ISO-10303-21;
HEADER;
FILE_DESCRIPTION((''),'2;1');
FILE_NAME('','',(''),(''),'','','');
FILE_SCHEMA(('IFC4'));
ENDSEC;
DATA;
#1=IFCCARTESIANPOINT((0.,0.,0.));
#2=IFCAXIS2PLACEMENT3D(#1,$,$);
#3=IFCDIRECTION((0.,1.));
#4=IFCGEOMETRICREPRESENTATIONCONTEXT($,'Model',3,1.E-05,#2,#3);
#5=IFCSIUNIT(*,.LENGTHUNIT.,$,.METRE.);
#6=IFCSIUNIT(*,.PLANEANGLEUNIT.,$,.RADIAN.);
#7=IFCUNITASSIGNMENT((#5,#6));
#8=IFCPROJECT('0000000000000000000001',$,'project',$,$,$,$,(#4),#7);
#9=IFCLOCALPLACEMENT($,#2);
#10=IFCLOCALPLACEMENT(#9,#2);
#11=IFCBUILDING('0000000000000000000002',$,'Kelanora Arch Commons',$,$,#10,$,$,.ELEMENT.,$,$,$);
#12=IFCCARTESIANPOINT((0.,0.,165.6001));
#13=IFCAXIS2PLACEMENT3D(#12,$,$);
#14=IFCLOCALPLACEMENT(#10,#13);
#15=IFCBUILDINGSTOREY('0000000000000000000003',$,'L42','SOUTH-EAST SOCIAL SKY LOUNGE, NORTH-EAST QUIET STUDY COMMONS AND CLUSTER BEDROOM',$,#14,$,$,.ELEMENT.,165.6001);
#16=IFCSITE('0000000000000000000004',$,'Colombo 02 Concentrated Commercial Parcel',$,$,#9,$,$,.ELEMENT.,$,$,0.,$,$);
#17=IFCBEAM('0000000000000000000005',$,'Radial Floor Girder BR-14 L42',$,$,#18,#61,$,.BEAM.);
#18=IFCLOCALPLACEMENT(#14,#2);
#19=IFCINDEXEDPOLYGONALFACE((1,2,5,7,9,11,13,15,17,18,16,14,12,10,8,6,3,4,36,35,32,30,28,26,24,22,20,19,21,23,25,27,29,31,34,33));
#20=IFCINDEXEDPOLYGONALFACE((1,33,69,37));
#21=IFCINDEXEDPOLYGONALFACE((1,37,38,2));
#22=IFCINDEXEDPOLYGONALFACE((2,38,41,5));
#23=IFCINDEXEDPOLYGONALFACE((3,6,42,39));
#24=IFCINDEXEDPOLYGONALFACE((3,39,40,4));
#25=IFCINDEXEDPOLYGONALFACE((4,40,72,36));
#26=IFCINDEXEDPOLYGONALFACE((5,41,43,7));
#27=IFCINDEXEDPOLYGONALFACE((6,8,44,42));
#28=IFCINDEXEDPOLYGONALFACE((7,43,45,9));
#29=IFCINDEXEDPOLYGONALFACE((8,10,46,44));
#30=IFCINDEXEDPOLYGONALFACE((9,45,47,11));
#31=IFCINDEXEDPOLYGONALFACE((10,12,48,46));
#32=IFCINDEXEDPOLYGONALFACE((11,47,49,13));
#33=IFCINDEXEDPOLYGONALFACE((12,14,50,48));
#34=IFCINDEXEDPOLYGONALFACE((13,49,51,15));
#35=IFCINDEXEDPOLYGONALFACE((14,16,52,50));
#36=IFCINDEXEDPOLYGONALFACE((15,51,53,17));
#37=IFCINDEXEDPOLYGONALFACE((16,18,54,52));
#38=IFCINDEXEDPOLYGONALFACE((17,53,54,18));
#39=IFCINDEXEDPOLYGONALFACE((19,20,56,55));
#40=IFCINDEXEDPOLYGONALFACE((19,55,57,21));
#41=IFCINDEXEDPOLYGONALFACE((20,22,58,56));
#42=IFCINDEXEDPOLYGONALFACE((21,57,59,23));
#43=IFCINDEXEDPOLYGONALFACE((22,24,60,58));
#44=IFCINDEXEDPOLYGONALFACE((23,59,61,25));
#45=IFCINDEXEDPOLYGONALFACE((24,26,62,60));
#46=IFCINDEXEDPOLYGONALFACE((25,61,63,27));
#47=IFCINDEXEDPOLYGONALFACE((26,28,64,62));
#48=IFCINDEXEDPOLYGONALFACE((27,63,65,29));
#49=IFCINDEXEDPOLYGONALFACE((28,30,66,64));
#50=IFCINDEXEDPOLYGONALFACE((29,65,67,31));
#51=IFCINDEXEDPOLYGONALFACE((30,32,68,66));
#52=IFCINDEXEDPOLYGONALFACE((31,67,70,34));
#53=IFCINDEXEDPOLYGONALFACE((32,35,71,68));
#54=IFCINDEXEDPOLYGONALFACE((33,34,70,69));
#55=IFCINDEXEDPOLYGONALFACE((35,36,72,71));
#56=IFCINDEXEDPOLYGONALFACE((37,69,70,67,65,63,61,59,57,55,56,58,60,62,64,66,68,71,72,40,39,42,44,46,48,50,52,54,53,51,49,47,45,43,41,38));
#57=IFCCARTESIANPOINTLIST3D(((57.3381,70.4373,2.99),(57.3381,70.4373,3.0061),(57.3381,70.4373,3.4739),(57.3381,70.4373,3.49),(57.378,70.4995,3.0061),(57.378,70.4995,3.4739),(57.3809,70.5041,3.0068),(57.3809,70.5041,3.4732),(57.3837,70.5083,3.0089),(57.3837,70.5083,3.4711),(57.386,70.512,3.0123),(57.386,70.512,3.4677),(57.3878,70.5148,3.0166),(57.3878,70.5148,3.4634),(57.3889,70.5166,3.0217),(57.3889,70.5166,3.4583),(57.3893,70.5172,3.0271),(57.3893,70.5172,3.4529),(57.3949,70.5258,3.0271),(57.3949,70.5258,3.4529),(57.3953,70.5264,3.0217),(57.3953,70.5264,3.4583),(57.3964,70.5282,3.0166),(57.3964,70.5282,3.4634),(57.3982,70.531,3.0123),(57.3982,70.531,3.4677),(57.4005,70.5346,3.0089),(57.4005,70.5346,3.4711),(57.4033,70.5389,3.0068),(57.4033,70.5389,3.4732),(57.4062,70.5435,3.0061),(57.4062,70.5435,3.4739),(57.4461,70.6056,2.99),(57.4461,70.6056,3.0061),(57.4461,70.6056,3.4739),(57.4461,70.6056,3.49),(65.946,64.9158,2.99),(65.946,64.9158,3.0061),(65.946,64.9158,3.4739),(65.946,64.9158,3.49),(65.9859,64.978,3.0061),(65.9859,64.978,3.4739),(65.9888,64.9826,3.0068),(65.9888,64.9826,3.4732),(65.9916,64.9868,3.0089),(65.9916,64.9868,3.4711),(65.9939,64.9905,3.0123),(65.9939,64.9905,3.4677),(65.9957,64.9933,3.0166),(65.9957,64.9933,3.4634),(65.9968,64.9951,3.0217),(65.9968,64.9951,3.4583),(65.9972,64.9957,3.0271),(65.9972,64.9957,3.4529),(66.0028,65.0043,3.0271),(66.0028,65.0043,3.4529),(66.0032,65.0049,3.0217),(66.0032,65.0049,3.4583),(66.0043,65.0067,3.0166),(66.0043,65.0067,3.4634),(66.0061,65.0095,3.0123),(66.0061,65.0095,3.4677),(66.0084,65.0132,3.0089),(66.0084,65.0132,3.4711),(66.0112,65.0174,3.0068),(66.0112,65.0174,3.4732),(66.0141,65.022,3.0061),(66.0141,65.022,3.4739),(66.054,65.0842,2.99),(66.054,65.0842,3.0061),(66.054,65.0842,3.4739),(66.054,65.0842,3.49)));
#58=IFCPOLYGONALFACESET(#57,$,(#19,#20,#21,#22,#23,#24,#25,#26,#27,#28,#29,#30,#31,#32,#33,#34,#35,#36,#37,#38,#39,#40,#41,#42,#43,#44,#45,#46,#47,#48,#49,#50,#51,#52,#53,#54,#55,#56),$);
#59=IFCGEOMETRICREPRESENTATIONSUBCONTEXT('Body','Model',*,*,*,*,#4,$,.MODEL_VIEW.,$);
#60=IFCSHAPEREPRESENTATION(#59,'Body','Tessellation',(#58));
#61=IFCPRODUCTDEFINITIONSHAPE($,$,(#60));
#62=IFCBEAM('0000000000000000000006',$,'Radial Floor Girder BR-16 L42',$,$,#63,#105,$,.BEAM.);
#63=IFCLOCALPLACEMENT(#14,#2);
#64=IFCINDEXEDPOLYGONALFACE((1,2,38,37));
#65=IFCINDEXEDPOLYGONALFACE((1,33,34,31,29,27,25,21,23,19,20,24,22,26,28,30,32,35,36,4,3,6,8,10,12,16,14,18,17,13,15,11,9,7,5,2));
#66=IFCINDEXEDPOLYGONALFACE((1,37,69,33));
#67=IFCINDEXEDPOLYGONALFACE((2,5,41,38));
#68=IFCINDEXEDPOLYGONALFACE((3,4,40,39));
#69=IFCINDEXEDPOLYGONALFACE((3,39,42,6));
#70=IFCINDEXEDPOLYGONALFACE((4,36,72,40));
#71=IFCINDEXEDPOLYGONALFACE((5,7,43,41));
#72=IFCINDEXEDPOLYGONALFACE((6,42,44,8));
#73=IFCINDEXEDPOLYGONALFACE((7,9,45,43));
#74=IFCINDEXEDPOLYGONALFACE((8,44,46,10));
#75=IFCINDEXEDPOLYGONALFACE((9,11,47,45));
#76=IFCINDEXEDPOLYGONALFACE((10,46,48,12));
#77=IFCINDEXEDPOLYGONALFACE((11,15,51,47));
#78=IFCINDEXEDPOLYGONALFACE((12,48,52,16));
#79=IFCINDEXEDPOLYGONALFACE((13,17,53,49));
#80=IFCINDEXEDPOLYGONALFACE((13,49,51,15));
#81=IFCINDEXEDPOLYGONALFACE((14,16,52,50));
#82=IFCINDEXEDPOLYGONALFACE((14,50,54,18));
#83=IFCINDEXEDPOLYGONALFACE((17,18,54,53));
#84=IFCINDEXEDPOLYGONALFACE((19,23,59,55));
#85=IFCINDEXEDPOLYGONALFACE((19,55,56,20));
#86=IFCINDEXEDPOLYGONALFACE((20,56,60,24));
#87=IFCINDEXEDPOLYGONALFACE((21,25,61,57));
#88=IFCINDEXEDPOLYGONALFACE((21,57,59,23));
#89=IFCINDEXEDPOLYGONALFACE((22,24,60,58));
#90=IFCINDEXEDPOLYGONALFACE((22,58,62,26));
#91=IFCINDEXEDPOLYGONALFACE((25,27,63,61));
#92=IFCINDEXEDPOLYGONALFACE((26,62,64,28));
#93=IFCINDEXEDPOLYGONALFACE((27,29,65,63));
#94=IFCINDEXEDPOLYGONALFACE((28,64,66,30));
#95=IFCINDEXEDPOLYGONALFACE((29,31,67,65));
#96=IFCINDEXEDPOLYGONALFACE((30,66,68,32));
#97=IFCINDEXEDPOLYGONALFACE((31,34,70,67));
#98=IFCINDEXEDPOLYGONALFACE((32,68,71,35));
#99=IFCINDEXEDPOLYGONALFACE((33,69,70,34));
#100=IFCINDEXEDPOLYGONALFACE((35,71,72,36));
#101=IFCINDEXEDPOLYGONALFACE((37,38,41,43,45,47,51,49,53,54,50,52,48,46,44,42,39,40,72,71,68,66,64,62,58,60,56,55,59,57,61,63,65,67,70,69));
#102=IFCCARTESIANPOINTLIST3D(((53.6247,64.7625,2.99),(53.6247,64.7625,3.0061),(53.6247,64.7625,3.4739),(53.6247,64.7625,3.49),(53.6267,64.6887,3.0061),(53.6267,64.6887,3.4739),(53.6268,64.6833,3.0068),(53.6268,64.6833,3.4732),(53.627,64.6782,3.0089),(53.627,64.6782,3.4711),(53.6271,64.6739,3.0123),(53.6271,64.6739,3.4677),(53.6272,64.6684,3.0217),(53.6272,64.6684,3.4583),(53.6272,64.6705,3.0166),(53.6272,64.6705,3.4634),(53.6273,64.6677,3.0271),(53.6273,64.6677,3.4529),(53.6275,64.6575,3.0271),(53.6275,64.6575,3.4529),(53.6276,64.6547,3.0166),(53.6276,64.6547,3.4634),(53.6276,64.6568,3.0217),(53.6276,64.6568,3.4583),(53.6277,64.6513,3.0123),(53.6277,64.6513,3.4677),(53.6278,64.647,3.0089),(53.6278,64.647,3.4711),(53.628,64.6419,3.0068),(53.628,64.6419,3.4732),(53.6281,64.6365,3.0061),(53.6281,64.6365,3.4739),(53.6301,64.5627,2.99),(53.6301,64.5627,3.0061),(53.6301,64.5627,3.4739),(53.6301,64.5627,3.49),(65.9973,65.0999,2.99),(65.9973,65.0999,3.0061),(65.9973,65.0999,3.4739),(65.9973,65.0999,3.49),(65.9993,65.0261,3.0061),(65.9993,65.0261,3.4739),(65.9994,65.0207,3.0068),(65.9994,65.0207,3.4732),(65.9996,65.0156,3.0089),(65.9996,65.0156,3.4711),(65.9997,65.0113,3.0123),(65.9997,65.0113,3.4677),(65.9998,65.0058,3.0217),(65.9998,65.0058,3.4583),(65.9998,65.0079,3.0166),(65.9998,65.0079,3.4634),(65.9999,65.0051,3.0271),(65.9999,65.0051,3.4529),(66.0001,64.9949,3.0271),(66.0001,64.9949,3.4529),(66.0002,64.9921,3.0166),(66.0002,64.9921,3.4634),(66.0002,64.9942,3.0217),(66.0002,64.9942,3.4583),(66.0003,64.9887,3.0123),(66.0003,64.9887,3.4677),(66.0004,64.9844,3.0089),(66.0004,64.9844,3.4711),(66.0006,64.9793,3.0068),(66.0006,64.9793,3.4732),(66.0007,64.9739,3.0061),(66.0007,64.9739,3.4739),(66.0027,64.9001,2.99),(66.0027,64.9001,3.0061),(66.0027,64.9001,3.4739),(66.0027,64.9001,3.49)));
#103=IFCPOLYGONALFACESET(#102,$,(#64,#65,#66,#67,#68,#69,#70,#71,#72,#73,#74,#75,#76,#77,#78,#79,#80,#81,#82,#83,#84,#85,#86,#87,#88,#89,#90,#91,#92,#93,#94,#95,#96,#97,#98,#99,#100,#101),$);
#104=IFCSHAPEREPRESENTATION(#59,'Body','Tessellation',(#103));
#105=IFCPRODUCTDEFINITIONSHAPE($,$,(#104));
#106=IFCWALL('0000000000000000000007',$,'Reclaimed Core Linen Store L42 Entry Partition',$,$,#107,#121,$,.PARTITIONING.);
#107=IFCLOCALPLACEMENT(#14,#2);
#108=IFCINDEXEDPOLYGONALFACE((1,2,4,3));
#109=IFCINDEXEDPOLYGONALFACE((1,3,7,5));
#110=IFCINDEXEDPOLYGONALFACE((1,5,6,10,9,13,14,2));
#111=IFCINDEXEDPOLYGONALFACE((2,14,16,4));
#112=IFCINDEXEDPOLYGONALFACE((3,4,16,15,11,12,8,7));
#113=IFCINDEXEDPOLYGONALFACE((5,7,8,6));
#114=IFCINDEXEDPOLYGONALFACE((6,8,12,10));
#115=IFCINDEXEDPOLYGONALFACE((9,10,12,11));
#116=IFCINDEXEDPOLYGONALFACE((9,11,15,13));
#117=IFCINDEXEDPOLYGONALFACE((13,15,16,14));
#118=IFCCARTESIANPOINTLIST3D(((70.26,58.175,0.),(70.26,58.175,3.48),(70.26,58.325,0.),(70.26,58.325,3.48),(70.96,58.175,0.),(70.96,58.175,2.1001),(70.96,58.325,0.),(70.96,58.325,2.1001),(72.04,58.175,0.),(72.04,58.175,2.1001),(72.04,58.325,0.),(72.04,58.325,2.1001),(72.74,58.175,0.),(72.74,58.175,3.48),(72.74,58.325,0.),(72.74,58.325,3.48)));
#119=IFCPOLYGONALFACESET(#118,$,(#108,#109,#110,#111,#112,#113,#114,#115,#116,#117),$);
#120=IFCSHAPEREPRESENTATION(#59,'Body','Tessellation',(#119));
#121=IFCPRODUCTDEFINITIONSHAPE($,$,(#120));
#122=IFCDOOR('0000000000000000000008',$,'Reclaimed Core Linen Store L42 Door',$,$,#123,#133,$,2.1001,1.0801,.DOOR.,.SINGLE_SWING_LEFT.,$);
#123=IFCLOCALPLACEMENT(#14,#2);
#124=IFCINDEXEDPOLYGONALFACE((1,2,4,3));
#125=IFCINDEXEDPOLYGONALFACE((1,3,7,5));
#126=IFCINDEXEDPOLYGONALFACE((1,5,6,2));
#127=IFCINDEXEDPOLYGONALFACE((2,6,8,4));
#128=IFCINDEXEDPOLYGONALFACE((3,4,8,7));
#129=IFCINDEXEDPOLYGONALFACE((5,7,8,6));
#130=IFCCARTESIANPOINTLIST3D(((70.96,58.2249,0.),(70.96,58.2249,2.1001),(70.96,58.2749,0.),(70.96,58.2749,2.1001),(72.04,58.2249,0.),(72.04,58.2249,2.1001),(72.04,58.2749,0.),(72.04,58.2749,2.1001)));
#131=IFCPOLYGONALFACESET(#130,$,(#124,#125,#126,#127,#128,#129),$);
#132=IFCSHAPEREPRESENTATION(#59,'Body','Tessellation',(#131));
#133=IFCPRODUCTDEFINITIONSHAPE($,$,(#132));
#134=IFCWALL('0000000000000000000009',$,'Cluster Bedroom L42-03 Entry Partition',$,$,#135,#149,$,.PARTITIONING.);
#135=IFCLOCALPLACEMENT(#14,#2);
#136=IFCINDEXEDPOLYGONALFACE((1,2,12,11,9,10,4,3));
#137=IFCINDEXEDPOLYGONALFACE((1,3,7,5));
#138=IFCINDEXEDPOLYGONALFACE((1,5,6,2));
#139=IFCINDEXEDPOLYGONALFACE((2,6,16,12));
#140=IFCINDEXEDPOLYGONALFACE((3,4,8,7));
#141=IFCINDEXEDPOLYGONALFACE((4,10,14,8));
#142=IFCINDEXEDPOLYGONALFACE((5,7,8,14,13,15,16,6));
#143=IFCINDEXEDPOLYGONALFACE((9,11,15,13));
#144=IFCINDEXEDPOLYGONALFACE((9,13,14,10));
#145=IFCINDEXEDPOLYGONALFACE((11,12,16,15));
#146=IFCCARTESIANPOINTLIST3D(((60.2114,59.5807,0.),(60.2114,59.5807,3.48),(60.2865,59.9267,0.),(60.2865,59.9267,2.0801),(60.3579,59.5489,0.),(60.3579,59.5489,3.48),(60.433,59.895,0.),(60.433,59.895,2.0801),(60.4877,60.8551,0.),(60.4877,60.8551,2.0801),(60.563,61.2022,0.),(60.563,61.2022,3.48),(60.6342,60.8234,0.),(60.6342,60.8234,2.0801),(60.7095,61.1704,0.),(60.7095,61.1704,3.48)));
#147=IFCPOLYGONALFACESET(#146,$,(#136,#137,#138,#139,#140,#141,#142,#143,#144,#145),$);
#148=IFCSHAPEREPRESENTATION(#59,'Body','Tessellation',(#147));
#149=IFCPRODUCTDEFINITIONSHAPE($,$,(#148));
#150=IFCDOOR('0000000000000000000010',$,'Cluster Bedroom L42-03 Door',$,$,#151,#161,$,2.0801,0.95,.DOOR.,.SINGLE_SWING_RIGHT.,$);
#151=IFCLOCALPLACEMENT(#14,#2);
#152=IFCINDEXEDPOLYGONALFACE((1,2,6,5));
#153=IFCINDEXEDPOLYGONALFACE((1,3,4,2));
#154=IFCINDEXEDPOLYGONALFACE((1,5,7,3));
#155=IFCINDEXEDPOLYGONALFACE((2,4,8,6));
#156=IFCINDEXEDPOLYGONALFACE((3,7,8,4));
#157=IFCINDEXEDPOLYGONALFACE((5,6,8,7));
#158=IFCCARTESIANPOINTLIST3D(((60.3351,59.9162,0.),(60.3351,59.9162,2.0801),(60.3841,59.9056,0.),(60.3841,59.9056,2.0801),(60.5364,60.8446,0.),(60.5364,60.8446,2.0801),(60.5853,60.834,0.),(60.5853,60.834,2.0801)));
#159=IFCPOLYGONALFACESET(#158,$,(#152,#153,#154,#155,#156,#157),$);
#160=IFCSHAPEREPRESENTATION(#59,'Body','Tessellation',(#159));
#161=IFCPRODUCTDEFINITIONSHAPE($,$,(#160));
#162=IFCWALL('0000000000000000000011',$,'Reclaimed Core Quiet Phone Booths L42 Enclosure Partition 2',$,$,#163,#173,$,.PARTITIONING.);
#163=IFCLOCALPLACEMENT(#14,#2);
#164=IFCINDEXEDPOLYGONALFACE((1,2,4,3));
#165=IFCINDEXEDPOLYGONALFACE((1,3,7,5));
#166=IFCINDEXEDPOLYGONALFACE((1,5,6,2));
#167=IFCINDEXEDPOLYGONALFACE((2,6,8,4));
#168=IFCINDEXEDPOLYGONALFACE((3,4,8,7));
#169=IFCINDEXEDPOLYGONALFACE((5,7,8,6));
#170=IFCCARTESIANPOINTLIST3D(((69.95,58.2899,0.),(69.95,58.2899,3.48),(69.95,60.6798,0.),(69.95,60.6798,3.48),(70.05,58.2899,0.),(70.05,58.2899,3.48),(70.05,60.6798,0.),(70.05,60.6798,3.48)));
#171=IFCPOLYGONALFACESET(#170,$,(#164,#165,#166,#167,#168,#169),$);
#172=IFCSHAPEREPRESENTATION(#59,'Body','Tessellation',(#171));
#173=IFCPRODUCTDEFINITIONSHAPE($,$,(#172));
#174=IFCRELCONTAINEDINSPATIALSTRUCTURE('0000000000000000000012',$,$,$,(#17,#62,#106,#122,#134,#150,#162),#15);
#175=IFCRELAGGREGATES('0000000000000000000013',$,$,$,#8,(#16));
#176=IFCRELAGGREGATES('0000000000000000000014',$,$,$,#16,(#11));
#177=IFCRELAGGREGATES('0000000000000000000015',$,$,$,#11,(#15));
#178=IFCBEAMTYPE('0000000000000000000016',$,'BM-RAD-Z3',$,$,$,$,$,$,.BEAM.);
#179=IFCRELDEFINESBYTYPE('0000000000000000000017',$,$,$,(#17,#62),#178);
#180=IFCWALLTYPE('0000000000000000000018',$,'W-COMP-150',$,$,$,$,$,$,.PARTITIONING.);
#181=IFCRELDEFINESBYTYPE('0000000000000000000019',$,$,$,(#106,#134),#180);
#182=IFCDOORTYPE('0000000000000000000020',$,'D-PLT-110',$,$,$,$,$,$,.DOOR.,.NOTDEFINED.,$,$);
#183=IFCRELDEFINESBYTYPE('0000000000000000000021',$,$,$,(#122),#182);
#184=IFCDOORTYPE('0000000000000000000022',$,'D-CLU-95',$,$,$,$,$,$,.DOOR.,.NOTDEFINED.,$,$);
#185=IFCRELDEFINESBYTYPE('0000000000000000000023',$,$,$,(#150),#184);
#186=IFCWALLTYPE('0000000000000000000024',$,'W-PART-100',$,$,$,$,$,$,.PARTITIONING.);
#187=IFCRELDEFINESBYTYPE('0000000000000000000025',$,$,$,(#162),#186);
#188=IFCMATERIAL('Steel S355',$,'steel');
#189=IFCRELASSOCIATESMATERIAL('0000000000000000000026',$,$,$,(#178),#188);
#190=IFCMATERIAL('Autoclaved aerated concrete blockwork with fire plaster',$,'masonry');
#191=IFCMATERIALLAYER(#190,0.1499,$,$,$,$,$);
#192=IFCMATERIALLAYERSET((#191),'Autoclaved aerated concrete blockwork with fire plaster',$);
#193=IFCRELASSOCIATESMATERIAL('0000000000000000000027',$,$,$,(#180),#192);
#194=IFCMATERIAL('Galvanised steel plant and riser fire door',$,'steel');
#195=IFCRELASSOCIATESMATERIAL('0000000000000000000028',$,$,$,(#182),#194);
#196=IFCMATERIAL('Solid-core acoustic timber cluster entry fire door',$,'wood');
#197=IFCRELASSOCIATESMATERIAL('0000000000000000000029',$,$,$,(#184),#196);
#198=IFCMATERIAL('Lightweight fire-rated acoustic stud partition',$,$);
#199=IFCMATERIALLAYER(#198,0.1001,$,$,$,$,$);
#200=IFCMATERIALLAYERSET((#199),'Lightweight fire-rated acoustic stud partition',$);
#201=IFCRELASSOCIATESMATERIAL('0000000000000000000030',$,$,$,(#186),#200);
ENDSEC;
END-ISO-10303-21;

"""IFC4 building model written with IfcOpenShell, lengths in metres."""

from ifc_helpers import new_model, si_unit, direction, frame, frame_2d, origin, origin_2d, place, context, subcontext, project, spatial, rectangle, i_section, extrude, material, layer, layer_set, material_profile, profile_set, type_object, element, fill, save


model = new_model("IFC4")

# Units and contexts
model_context = context("Model", 3, precision=1e-05, world=origin(), true_north=direction((0.0, 1.0)))
body_context = subcontext(model_context, "Body", "Model", "MODEL_VIEW")
ifc_project = project(units=[si_unit("LENGTHUNIT", "METRE"), si_unit("PLANEANGLEUNIT", "RADIAN")], contexts=[model_context])

# Site, building, storey
site_placement = place(None, origin())
site = spatial("IfcSite", under=ifc_project, at=site_placement, Name="Colombo 02 Concentrated Commercial Parcel", CompositionType="ELEMENT", RefElevation=0.0)
building_placement = place(site_placement, origin())
building = spatial("IfcBuilding", under=site, at=building_placement, Name="Kelanora Arch Commons", CompositionType="ELEMENT")
storey_placement = place(building_placement, frame((0.0, 0.0, 165.6001)))
storey = spatial("IfcBuildingStorey", under=building, at=storey_placement, Name="L42", Description="SOUTH-EAST SOCIAL SKY LOUNGE, NORTH-EAST QUIET STUDY COMMONS AND CLUSTER BEDROOM", CompositionType="ELEMENT", Elevation=165.6001)

# Beams
ifc_material_1 = material(Name="Steel S355", Category="steel")
ifc_material_profile_1 = material_profile(ifc_material_1, i_section(OverallWidth=0.2, OverallDepth=0.5, WebThickness=0.0103, FlangeThickness=0.0161, FilletRadius=0.021, at=origin_2d()), Name="IPE500")
ifc_profile_set_1 = profile_set([ifc_material_profile_1], Name="Steel S355")
beam_type_1 = type_object("IfcBeamType", Name="BM-RAD-Z3", PredefinedType="BEAM", material=ifc_profile_set_1)
beam_1_placement = place(storey_placement, frame((66.0, 65.0, 3.24), z_axis=(-0.841719, 0.539915, 0.0), x_axis=(-0.539915, -0.841719, 0.0)))
element("IfcBeam", 1, at=beam_1_placement, inside=storey, type_object=beam_type_1, Name="Radial Floor Girder BR-14 L42", PredefinedType="BEAM", context=body_context, shape_type="SweptSolid", body=[
    extrude(i_section(OverallWidth=0.2, OverallDepth=0.5, WebThickness=0.0103, FlangeThickness=0.0161, FilletRadius=0.021, at=origin_2d()), origin(), (0.0, 0.0, 1.0), 10.2266),
])
beam_2_placement = place(storey_placement, frame((66.0, 65.0, 3.24), z_axis=(-0.999628, -0.02726, 0.0), x_axis=(0.02726, -0.999628, 0.0)))
element("IfcBeam", 2, at=beam_2_placement, inside=storey, type_object=beam_type_1, Name="Radial Floor Girder BR-16 L42", PredefinedType="BEAM", context=body_context, shape_type="SweptSolid", body=[
    extrude(i_section(OverallWidth=0.2, OverallDepth=0.5, WebThickness=0.0103, FlangeThickness=0.0161, FilletRadius=0.021, at=origin_2d()), origin(), (0.0, 0.0, 1.0), 12.3772),
])

# Walls, openings, doors
ifc_material_2 = material(Name="Autoclaved aerated concrete blockwork with fire plaster", Category="masonry")
ifc_layer_1 = layer(ifc_material_2, 0.1499)
ifc_layer_set_1 = layer_set([ifc_layer_1], Name="Autoclaved aerated concrete blockwork with fire plaster")
wall_type_1 = type_object("IfcWallType", Name="W-COMP-150", PredefinedType="PARTITIONING", material=ifc_layer_set_1)
wall_1_placement = place(storey_placement, frame((70.26, 58.25, 0.0), z_axis=(0.0, 0.0, 1.0), x_axis=(1.0, 0.0, 0.0)))
wall_1 = element("IfcWall", 3, at=wall_1_placement, inside=storey, type_object=wall_type_1, Name="Reclaimed Core Linen Store L42 Entry Partition", PredefinedType="PARTITIONING", context=body_context, shape_type="SweptSolid", body=[
    extrude(rectangle(XDim=2.48, YDim=0.1499, at=frame_2d((1.24, 0.0))), origin(), (0.0, 0.0, 1.0), 3.48),
])
opening_1_placement = place(wall_1_placement, frame((0.7, 0.0, 0.0)))
opening_1 = element("IfcOpeningElement", 4, at=opening_1_placement, cuts=wall_1, PredefinedType="OPENING", context=body_context, shape_type="SweptSolid", body=[
    extrude(rectangle(XDim=1.0801, YDim=2.1001, at=frame_2d((0.54, 1.05))), frame((0.0, 0.085, 0.0), z_axis=(0.0, -1.0, 0.0), x_axis=(1.0, 0.0, 0.0)), (0.0, 0.0, 1.0), 0.1699),
])
ifc_material_3 = material(Name="Galvanised steel plant and riser fire door", Category="steel")
door_type_1 = type_object("IfcDoorType", Name="D-PLT-110", OperationType="NOTDEFINED", PredefinedType="DOOR", material=ifc_material_3)
door_1_placement = place(opening_1_placement, origin())
door_1 = element("IfcDoor", 5, at=door_1_placement, inside=storey, type_object=door_type_1, Name="Reclaimed Core Linen Store L42 Door", OperationType="SINGLE_SWING_LEFT", OverallHeight=2.1001, OverallWidth=1.0801, PredefinedType="DOOR", context=body_context, shape_type="SweptSolid", body=[
    extrude(rectangle(XDim=1.0801, YDim=2.1001, at=frame_2d((0.54, 1.05))), frame((0.0, 0.0249, 0.0), z_axis=(0.0, -1.0, 0.0), x_axis=(1.0, 0.0, 0.0)), (0.0, 0.0, 1.0), 0.05),
])
fill(opening_1, door_1)
wall_2_placement = place(storey_placement, frame((60.6362, 61.1863, 0.0), z_axis=(0.0, 0.0, 1.0), x_axis=(-0.21188, -0.977296, 0.0)))
wall_2 = element("IfcWall", 6, at=wall_2_placement, inside=storey, type_object=wall_type_1, Name="Cluster Bedroom L42-03 Entry Partition", PredefinedType="PARTITIONING", context=body_context, shape_type="SweptSolid", body=[
    extrude(rectangle(XDim=1.6592, YDim=0.1499, at=frame_2d((0.8296, 0.0))), origin(), (0.0, 0.0, 1.0), 3.48),
])
opening_2_placement = place(wall_2_placement, frame((0.355, 0.0, 0.0)))
opening_2 = element("IfcOpeningElement", 7, at=opening_2_placement, cuts=wall_2, PredefinedType="OPENING", context=body_context, shape_type="SweptSolid", body=[
    extrude(rectangle(XDim=0.95, YDim=2.0801, at=frame_2d((0.4751, 1.04))), frame((0.0, 0.085, 0.0), z_axis=(0.0, -1.0, 0.0), x_axis=(1.0, 0.0, 0.0)), (0.0, 0.0, 1.0), 0.1699),
])
ifc_material_4 = material(Name="Solid-core acoustic timber cluster entry fire door", Category="wood")
door_type_2 = type_object("IfcDoorType", Name="D-CLU-95", OperationType="NOTDEFINED", PredefinedType="DOOR", material=ifc_material_4)
door_2_placement = place(opening_2_placement, origin())
door_2 = element("IfcDoor", 8, at=door_2_placement, inside=storey, type_object=door_type_2, Name="Cluster Bedroom L42-03 Door", OperationType="SINGLE_SWING_RIGHT", OverallHeight=2.0801, OverallWidth=0.95, PredefinedType="DOOR", context=body_context, shape_type="SweptSolid", body=[
    extrude(rectangle(XDim=0.95, YDim=2.0801, at=frame_2d((0.4751, 1.04))), frame((0.0, 0.0249, 0.0), z_axis=(0.0, -1.0, 0.0), x_axis=(1.0, 0.0, 0.0)), (0.0, 0.0, 1.0), 0.05),
])
fill(opening_2, door_2)

# Wall
ifc_material_5 = material(Name="Lightweight fire-rated acoustic stud partition")
ifc_layer_2 = layer(ifc_material_5, 0.1001)
ifc_layer_set_2 = layer_set([ifc_layer_2], Name="Lightweight fire-rated acoustic stud partition")
wall_type_2 = type_object("IfcWallType", Name="W-PART-100", PredefinedType="PARTITIONING", material=ifc_layer_set_2)
wall_3_placement = place(storey_placement, frame((70.0, 58.29, 0.0), z_axis=(0.0, 0.0, 1.0), x_axis=(0.0, 1.0, 0.0)))
element("IfcWall", 9, at=wall_3_placement, inside=storey, type_object=wall_type_2, Name="Reclaimed Core Quiet Phone Booths L42 Enclosure Partition 2", PredefinedType="PARTITIONING", context=body_context, shape_type="SweptSolid", body=[
    extrude(rectangle(XDim=2.3899, YDim=0.1001, at=frame_2d((1.1948, 0.0))), origin(), (0.0, 0.0, 1.0), 3.48),
])

save(model, "model.ifc")
